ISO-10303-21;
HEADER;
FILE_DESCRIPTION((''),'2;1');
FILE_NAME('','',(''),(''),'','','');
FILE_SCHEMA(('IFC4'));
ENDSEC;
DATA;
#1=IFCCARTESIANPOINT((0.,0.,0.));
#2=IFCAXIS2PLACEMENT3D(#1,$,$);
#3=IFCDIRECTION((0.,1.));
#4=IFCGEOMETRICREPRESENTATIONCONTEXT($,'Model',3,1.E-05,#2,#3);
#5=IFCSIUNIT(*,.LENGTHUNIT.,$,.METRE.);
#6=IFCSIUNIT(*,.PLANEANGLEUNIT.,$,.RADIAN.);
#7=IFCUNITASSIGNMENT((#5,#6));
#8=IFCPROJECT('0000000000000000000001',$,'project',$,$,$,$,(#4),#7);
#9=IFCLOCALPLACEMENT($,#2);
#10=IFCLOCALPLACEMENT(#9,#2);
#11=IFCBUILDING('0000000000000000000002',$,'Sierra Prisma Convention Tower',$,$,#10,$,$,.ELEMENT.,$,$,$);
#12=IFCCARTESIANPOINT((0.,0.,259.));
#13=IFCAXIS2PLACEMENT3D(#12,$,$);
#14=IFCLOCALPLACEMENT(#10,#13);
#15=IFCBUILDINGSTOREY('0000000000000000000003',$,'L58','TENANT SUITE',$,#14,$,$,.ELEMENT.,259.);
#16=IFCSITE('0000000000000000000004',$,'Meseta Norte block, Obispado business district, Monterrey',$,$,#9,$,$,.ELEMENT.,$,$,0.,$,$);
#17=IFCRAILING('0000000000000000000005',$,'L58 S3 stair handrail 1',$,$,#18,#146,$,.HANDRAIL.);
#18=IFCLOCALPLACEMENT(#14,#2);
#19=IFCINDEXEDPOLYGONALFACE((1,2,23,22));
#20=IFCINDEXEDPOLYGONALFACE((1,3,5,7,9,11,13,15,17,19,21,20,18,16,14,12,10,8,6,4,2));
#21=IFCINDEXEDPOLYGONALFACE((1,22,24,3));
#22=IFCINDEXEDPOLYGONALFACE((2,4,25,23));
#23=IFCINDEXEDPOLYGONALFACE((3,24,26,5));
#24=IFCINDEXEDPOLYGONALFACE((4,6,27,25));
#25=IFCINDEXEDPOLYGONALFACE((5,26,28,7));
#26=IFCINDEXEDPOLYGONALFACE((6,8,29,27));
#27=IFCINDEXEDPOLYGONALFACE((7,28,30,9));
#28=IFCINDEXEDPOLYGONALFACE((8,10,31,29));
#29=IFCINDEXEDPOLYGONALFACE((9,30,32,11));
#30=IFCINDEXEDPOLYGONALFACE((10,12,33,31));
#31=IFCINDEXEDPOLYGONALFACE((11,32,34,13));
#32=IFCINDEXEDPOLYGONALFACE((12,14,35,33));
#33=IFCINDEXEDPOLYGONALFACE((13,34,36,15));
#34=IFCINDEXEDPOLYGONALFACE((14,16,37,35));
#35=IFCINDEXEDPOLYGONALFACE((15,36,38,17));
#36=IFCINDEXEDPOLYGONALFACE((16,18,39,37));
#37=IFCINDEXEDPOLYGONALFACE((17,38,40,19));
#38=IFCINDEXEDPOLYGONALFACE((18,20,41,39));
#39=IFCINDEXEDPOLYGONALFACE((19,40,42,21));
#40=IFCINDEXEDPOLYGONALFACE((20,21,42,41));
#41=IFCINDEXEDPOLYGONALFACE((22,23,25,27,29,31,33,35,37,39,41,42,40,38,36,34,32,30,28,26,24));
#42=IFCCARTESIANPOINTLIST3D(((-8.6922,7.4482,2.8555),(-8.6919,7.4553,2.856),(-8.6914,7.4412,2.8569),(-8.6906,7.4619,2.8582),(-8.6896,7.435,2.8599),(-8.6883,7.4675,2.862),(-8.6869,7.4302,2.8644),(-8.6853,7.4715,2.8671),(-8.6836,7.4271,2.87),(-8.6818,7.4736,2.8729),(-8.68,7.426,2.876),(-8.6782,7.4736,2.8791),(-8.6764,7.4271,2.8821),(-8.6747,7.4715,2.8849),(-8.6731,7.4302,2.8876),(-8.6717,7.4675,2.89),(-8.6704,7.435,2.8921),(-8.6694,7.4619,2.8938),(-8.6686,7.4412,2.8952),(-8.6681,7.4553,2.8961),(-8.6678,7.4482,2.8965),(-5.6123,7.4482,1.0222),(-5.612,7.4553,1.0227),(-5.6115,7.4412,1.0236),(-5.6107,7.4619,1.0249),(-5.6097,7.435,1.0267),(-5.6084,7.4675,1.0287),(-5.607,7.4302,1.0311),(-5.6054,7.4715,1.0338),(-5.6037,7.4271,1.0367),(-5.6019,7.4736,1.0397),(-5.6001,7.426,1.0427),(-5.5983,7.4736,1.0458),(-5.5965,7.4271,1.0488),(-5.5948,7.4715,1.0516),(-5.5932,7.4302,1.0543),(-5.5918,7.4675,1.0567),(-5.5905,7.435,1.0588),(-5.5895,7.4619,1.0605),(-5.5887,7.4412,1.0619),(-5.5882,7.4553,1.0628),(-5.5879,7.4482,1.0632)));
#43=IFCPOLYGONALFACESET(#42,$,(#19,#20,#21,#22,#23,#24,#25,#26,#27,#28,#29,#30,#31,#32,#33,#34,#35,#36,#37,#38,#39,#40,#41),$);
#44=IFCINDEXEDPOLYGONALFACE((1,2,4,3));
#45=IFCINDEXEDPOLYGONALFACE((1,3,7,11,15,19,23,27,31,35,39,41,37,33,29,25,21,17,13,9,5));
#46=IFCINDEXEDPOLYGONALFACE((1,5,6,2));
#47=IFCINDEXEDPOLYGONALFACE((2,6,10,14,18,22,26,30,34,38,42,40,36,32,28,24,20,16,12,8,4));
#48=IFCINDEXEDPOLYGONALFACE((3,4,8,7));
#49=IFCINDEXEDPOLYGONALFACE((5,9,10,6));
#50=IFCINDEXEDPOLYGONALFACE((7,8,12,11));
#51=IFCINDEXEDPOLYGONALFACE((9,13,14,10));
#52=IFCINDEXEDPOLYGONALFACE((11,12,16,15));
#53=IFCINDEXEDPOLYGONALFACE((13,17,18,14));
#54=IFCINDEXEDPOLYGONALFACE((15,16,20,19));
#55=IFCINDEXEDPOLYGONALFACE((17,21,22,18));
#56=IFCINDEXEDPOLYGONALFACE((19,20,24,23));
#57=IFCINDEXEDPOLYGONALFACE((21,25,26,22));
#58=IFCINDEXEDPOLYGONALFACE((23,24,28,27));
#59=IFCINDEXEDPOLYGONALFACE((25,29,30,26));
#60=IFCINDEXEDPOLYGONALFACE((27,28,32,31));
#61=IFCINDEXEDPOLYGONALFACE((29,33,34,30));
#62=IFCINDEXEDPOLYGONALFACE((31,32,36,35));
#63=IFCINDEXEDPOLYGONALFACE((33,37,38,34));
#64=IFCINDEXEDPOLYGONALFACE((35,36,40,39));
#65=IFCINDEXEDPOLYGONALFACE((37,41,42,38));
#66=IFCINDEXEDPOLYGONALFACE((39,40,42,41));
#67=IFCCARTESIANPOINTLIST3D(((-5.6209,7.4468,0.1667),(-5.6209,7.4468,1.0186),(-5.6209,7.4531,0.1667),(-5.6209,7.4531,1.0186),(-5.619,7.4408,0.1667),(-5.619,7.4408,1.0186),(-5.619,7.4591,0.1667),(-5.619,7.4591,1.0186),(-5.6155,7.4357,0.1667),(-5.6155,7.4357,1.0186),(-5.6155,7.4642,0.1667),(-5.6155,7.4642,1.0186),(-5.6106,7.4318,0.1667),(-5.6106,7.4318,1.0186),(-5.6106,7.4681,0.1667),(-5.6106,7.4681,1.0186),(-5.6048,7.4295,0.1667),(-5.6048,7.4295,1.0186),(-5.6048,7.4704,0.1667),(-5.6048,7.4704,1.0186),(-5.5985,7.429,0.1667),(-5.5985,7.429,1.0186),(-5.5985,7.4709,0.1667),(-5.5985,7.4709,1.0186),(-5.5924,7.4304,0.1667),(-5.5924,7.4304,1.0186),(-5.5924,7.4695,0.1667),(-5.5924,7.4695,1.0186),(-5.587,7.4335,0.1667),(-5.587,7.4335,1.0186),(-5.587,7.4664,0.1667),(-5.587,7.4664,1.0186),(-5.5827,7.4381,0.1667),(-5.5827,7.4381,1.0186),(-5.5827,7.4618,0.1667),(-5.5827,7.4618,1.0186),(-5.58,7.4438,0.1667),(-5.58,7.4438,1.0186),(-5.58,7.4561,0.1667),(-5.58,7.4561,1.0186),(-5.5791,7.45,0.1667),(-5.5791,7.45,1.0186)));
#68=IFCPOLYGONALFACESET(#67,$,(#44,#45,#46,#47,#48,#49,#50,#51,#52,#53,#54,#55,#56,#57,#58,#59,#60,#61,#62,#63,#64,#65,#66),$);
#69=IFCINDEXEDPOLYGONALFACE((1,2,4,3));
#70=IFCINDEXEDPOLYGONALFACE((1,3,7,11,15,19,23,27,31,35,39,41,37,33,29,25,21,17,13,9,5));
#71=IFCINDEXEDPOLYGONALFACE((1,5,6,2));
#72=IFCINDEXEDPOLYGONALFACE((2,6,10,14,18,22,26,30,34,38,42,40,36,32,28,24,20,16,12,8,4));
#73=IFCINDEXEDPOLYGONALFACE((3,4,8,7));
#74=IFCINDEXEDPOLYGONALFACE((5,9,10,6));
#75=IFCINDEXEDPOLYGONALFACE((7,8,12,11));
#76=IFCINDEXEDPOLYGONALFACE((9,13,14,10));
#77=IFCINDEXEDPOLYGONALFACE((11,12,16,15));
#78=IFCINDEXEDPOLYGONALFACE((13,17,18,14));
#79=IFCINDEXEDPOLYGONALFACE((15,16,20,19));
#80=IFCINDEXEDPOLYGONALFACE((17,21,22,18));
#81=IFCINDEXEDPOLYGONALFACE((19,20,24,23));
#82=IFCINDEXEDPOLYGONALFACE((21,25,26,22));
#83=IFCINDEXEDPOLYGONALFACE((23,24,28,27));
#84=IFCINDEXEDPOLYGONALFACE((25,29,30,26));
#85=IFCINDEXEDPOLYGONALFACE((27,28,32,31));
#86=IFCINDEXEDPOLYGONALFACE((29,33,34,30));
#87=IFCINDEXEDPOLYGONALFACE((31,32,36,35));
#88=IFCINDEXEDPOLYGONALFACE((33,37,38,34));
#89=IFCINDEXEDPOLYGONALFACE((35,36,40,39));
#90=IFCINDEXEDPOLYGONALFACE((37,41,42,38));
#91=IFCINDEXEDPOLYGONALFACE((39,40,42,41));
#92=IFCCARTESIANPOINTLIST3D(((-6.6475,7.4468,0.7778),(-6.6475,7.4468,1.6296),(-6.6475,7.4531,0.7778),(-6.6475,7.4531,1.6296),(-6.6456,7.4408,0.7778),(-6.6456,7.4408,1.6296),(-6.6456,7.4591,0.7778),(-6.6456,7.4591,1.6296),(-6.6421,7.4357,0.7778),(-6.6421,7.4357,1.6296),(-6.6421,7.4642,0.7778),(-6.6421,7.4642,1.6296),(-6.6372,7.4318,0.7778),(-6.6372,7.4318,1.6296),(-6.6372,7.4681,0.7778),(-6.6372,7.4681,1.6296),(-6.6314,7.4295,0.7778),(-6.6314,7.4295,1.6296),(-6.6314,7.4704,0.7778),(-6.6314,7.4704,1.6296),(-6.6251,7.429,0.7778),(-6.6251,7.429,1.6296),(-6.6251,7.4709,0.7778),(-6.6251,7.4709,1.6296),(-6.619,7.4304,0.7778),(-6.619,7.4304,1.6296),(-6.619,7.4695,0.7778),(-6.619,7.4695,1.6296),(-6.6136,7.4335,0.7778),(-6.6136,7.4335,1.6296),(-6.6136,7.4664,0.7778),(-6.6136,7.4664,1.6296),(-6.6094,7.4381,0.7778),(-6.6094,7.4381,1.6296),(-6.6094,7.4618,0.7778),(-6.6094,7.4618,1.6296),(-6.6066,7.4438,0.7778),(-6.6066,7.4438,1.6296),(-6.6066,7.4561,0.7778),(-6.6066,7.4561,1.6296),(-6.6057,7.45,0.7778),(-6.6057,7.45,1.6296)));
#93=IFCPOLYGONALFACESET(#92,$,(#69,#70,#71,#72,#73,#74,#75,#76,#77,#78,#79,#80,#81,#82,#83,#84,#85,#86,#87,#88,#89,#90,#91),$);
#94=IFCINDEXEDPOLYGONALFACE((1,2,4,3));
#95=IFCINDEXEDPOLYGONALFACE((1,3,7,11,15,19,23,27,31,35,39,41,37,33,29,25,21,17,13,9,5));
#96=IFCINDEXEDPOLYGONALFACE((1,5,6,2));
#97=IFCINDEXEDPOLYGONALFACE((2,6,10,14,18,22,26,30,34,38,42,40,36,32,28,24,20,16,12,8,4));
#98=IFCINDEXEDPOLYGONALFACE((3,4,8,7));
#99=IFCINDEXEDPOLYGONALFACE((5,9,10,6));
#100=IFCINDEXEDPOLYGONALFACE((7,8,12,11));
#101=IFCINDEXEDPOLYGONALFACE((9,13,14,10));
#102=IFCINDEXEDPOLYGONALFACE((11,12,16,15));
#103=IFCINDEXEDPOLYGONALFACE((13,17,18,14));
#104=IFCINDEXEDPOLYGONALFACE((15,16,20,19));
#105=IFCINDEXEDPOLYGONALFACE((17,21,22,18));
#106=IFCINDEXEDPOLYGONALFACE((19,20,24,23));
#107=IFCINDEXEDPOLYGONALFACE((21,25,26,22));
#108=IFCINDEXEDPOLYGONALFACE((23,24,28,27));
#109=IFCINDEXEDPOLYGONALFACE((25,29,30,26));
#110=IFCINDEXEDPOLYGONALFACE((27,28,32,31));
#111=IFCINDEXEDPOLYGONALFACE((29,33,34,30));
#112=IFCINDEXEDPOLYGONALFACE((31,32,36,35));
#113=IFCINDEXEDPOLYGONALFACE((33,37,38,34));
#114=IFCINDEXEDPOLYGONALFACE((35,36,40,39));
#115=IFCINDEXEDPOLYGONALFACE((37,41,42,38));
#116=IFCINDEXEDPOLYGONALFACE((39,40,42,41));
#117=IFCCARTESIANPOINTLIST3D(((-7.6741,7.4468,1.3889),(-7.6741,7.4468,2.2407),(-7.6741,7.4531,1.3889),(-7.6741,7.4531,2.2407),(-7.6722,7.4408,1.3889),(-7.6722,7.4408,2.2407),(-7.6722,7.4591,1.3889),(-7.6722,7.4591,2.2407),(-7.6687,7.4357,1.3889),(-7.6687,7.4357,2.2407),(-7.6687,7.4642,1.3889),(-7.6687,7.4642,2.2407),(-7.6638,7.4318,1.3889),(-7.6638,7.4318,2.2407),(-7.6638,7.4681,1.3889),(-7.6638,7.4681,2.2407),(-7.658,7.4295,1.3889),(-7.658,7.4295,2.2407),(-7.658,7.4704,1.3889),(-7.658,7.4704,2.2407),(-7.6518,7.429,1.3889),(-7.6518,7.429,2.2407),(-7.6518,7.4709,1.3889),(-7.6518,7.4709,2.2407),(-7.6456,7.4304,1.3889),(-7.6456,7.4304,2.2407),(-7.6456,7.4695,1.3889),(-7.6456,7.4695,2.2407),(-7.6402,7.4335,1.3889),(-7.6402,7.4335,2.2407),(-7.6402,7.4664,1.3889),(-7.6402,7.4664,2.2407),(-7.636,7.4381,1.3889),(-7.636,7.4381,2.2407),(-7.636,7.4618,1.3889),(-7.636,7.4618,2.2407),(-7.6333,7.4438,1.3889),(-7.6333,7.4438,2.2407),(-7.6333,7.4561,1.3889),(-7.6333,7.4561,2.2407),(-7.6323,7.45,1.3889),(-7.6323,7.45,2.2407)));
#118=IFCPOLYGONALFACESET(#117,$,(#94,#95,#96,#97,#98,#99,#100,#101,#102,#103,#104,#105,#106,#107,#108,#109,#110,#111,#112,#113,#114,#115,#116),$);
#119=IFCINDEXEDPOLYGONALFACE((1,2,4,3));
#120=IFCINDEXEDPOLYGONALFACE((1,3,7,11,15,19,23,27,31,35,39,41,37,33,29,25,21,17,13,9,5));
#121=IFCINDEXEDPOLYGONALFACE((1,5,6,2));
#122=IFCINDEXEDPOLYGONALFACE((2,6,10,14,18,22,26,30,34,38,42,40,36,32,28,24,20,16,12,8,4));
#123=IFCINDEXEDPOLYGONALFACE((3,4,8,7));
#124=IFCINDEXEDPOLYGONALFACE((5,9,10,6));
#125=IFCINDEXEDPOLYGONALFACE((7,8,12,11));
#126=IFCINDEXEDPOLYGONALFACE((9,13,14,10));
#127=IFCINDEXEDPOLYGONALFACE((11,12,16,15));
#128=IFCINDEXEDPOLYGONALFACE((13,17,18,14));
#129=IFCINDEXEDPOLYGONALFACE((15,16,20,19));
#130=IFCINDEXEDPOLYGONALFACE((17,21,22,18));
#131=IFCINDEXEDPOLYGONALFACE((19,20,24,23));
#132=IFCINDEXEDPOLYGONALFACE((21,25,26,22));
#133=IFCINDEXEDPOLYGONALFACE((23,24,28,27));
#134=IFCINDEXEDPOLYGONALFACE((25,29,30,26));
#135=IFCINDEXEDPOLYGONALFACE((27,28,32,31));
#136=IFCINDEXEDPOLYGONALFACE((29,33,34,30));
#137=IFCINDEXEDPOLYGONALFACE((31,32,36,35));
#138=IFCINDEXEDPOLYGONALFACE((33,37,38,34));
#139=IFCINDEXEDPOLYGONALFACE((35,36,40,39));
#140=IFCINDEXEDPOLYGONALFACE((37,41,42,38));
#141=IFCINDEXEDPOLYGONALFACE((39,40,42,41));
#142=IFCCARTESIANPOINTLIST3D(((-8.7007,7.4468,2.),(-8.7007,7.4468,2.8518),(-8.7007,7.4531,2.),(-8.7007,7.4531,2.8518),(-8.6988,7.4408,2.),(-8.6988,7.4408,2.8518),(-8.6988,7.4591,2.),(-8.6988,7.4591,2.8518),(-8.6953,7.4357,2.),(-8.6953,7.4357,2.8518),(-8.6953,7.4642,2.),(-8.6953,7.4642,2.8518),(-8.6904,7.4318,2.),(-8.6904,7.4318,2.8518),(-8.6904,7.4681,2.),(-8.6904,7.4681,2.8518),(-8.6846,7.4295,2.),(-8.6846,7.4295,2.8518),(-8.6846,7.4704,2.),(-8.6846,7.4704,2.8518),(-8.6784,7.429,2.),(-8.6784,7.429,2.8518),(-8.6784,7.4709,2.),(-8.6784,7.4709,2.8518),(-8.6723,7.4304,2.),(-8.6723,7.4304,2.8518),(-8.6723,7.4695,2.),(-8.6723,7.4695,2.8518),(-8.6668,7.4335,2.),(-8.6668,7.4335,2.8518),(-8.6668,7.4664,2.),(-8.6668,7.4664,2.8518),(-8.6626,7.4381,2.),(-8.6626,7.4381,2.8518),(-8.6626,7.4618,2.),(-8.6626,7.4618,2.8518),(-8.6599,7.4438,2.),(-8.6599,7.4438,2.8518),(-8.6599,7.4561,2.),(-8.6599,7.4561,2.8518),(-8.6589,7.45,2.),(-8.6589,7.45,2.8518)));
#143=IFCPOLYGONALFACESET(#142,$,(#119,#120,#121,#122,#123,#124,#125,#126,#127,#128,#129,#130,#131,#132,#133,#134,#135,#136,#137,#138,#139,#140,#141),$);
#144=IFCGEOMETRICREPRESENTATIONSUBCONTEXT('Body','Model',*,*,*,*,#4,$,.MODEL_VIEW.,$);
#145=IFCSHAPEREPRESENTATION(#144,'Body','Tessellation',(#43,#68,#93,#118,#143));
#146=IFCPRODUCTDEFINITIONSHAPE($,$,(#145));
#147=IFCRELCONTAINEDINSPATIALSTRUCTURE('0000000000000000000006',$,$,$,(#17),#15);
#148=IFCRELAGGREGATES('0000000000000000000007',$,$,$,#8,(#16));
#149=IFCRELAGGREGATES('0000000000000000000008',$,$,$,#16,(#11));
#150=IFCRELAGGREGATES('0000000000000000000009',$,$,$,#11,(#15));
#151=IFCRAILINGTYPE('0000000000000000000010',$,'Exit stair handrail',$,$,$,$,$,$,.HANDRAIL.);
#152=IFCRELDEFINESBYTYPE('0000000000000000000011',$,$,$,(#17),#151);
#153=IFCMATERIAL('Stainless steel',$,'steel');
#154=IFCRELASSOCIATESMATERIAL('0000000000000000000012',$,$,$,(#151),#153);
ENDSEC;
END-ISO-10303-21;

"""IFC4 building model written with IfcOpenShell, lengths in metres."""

from ifc_helpers import new_model, si_unit, direction, frame, origin, origin_2d, place, context, subcontext, project, spatial, circle, extrude, material, type_object, element, save


model = new_model("IFC4")

# Units and contexts
model_context = context("Model", 3, precision=1e-05, world=origin(), true_north=direction((0.0, 1.0)))
body_context = subcontext(model_context, "Body", "Model", "MODEL_VIEW")
ifc_project = project(units=[si_unit("LENGTHUNIT", "METRE"), si_unit("PLANEANGLEUNIT", "RADIAN")], contexts=[model_context])

# Site, building, storey
site_placement = place(None, origin())
site = spatial("IfcSite", under=ifc_project, at=site_placement, Name="Meseta Norte block, Obispado business district, Monterrey", CompositionType="ELEMENT", RefElevation=0.0)
building_placement = place(site_placement, origin())
building = spatial("IfcBuilding", under=site, at=building_placement, Name="Sierra Prisma Convention Tower", CompositionType="ELEMENT")
storey_placement = place(building_placement, frame((0.0, 0.0, 259.0)))
storey = spatial("IfcBuildingStorey", under=building, at=storey_placement, Name="L58", Description="TENANT SUITE", CompositionType="ELEMENT", Elevation=259.0)

# Railing
ifc_material_1 = material(Name="Stainless steel", Category="steel")
railing_type_1 = type_object("IfcRailingType", Name="Exit stair handrail", PredefinedType="HANDRAIL", material=ifc_material_1)
railing_1_placement = place(storey_placement, frame((-5.6001, 7.45, 0.1667)))
element("IfcRailing", 1, at=railing_1_placement, inside=storey, type_object=railing_type_1, Name="L58 S3 stair handrail 1", PredefinedType="HANDRAIL", context=body_context, shape_type="SweptSolid", body=[
    extrude(circle(Radius=0.0239, at=origin_2d()), frame((0.0, 0.0, 0.876), z_axis=(-0.859291, 0.0, 0.511487), x_axis=(0.0, -1.0, 0.0)), (0.0, 0.0, 1.0), 3.5842),
    extrude(circle(Radius=0.021, at=origin_2d()), origin(), (0.0, 0.0, 1.0), 0.8518),
    extrude(circle(Radius=0.021, at=origin_2d()), frame((-1.0266, 0.0, 0.6111)), (0.0, 0.0, 1.0), 0.8518),
    extrude(circle(Radius=0.021, at=origin_2d()), frame((-2.0532, 0.0, 1.2222)), (0.0, 0.0, 1.0), 0.8518),
    extrude(circle(Radius=0.021, at=origin_2d()), frame((-3.0798, 0.0, 1.8333)), (0.0, 0.0, 1.0), 0.8518),
])

save(model, "model.ifc")
